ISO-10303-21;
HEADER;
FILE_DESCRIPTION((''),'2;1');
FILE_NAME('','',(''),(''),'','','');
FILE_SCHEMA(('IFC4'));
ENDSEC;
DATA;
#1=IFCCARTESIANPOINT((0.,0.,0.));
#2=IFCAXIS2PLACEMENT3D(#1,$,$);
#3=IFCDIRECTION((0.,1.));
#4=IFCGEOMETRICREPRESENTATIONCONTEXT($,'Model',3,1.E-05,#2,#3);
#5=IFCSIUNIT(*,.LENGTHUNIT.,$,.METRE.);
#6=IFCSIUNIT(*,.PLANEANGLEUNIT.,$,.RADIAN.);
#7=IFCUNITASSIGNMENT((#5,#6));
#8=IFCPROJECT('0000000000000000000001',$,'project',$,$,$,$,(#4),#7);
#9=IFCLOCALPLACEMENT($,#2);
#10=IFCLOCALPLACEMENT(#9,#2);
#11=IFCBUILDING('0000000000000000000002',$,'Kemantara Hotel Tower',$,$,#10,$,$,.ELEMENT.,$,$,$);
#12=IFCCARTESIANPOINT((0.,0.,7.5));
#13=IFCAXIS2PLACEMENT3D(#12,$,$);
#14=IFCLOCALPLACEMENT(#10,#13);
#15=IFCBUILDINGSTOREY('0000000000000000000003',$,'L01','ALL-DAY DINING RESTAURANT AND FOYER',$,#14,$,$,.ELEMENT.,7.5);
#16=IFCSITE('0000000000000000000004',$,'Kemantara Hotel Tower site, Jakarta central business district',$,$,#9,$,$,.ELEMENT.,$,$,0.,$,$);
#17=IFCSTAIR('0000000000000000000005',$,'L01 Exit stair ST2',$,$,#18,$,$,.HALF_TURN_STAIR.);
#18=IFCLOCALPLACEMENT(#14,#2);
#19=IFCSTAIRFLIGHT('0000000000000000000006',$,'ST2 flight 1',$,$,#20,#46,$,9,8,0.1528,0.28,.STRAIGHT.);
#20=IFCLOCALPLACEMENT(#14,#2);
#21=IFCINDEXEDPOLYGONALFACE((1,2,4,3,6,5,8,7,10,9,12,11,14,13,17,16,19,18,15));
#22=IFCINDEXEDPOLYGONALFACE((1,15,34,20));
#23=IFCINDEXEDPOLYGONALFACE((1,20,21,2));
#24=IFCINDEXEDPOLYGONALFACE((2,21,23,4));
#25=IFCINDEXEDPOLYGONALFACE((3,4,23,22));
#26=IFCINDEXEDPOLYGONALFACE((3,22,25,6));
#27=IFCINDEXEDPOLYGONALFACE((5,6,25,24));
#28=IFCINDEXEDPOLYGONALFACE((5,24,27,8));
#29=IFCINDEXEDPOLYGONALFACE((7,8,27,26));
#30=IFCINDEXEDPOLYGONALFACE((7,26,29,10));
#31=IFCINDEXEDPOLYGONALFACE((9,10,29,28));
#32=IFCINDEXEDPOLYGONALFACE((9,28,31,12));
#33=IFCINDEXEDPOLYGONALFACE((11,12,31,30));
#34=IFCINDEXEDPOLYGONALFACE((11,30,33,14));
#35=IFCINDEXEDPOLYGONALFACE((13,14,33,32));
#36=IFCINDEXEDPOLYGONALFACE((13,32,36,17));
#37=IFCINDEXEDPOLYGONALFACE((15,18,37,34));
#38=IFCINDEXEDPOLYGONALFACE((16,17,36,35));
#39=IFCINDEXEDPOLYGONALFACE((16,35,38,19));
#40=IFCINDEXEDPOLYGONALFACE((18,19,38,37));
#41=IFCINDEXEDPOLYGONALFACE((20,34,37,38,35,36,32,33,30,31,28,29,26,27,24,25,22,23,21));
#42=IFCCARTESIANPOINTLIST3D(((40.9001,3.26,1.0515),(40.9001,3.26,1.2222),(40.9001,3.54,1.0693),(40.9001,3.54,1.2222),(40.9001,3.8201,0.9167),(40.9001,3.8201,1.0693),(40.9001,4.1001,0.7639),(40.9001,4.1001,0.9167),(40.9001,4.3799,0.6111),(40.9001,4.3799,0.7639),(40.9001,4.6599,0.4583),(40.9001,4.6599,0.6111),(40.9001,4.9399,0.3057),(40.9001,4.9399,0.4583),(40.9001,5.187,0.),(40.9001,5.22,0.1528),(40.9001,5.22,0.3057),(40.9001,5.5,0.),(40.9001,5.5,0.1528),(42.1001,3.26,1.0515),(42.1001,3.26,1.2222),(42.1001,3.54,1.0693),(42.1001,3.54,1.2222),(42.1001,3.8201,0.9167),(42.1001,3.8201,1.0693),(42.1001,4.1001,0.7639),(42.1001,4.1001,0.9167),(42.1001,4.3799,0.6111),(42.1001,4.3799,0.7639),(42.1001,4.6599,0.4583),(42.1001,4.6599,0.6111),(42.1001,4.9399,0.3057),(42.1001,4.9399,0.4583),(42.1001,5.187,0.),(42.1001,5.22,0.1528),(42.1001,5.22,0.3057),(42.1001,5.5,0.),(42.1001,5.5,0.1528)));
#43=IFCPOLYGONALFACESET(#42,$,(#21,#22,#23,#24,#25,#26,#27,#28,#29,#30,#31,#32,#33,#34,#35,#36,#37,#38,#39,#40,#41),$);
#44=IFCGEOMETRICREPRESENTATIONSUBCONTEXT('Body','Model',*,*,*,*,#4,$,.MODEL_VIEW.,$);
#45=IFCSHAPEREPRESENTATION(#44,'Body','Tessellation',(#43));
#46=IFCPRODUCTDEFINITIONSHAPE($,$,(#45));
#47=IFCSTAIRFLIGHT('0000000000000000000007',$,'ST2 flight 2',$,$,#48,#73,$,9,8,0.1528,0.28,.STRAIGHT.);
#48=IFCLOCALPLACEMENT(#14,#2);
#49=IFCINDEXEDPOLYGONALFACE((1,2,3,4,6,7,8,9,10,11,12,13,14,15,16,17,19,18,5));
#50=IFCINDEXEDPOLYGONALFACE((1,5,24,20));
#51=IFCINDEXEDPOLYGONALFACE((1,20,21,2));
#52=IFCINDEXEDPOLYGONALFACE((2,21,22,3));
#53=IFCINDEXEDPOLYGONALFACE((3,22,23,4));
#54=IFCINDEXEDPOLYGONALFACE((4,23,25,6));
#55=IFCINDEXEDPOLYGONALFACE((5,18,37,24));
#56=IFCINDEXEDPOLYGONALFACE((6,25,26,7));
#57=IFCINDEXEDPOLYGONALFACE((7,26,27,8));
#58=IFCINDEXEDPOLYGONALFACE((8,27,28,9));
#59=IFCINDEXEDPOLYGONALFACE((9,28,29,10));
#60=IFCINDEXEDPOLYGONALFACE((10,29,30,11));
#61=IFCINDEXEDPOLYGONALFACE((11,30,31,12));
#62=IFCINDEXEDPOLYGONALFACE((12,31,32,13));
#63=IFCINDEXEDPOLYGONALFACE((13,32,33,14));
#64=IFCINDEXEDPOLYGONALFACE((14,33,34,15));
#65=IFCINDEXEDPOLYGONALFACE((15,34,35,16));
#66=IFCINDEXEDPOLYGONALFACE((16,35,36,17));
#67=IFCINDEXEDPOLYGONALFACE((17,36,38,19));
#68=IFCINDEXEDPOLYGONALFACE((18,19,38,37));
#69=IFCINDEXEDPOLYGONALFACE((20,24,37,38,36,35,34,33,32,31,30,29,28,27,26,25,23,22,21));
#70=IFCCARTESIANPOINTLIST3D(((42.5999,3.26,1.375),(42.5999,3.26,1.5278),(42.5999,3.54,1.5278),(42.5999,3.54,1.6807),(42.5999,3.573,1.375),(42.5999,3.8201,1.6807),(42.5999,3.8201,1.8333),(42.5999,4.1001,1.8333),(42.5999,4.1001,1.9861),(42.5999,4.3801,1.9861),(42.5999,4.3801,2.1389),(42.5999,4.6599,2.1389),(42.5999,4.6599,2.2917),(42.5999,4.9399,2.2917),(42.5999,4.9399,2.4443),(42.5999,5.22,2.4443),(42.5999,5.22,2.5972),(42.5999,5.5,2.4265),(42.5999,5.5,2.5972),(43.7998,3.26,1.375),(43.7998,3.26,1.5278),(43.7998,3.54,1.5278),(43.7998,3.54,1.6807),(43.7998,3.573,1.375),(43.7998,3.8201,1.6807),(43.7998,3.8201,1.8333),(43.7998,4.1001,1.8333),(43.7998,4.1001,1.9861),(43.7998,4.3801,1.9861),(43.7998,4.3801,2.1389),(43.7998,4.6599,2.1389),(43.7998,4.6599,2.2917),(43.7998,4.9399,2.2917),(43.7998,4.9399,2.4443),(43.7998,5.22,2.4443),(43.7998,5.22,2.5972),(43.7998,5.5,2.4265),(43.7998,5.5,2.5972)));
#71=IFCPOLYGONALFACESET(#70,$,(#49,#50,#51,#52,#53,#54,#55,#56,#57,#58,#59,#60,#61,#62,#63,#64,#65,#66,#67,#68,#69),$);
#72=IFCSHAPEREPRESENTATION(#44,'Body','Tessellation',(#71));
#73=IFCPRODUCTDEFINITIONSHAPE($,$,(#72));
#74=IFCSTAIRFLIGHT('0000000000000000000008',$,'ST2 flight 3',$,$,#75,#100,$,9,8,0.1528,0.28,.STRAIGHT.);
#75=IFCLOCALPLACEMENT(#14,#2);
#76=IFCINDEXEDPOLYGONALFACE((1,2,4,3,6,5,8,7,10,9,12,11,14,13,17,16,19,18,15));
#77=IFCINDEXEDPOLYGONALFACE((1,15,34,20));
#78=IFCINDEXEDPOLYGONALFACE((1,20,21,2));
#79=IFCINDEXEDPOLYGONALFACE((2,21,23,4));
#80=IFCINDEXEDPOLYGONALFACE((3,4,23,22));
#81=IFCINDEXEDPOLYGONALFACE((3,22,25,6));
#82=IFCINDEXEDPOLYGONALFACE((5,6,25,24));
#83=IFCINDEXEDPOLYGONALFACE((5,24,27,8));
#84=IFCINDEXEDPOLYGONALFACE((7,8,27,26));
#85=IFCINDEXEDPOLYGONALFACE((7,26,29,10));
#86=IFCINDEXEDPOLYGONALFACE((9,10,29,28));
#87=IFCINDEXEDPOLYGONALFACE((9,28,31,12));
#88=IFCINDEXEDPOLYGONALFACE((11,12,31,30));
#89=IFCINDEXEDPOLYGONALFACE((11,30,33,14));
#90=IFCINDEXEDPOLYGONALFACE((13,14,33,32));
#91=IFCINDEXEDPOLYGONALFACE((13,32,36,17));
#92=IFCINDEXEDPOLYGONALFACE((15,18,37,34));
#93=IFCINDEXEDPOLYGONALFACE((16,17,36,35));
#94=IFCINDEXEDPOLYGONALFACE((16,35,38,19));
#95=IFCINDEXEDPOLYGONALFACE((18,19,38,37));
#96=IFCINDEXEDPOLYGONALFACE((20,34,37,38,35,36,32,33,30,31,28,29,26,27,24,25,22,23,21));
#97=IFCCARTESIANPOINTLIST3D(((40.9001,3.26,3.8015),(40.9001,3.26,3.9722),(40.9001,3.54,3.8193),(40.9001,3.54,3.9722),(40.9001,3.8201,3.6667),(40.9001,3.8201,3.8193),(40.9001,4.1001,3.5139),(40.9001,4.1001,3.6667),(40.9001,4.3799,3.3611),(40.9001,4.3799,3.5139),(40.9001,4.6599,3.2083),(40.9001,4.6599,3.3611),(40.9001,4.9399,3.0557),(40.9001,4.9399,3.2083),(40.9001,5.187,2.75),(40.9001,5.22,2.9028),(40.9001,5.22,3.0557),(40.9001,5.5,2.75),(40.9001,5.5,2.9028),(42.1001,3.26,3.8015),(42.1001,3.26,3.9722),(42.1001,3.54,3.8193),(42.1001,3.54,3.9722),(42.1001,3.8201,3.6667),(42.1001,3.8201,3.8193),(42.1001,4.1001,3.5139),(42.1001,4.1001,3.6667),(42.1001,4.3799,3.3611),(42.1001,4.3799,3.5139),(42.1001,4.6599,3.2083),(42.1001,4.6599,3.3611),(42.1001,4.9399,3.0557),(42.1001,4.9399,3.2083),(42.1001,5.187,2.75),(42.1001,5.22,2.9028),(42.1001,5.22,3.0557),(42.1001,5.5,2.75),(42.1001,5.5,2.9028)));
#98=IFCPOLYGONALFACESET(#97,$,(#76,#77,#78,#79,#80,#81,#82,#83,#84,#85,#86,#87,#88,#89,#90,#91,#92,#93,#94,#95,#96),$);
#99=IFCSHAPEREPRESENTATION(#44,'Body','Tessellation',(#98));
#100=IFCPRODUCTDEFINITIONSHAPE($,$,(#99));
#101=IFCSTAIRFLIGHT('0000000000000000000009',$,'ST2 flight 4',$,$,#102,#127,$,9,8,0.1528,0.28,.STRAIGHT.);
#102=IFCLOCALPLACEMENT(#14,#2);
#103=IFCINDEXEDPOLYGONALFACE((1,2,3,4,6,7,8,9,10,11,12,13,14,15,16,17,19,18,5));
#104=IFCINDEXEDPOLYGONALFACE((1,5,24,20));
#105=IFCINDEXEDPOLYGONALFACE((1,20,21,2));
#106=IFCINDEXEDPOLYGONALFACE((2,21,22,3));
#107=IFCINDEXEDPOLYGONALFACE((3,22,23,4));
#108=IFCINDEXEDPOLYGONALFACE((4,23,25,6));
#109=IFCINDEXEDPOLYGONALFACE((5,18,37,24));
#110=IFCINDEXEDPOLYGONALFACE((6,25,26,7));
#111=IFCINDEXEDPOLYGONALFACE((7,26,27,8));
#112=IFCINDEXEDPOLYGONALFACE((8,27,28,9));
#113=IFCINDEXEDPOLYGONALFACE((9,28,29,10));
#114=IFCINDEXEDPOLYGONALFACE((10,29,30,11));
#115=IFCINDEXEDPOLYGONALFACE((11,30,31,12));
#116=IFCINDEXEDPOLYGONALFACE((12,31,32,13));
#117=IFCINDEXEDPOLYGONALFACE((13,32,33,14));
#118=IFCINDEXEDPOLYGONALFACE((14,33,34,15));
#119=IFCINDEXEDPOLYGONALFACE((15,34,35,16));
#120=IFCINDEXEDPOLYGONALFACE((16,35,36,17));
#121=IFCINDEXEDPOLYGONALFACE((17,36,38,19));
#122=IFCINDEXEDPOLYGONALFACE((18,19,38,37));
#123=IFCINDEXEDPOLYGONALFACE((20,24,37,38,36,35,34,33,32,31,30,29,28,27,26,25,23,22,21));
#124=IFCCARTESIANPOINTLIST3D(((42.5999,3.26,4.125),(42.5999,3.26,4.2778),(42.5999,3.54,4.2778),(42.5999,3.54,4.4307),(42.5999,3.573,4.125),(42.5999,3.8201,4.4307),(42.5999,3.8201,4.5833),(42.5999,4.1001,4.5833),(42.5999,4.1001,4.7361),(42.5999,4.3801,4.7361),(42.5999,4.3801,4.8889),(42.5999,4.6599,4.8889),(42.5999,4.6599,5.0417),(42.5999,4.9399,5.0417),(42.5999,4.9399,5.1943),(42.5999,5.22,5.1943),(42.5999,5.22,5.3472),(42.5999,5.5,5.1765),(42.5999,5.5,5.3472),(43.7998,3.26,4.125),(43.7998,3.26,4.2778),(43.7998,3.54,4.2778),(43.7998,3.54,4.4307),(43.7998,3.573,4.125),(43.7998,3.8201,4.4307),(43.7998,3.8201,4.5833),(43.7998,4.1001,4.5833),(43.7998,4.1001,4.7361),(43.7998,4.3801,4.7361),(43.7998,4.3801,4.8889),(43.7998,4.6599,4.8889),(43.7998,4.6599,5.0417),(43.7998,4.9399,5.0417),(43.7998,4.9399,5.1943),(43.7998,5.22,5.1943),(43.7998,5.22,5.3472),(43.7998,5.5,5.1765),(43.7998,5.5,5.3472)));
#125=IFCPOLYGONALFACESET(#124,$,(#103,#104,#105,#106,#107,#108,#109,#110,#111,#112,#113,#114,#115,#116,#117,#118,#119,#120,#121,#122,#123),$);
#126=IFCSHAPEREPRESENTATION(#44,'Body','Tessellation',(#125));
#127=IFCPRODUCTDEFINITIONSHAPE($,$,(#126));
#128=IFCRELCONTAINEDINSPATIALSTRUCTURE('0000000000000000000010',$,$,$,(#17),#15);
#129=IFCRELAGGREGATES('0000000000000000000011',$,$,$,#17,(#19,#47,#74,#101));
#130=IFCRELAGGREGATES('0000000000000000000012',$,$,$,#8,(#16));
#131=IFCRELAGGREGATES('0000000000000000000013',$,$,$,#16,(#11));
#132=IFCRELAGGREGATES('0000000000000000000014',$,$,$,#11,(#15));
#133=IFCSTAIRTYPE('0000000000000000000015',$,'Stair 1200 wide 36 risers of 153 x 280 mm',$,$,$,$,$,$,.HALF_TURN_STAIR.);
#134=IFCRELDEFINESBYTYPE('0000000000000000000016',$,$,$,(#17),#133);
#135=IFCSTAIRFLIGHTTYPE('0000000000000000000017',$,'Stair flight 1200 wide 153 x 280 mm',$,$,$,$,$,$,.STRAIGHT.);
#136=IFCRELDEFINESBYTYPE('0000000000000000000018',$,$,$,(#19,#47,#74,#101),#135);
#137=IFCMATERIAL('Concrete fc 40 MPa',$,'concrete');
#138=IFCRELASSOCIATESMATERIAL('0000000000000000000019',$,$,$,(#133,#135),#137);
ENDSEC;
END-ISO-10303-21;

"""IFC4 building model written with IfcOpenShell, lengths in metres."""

from ifc_helpers import new_model, si_unit, direction, frame, origin, place, context, subcontext, project, spatial, polyline, outline, extrude, material, type_object, element, aggregate, save


model = new_model("IFC4")

# Units and contexts
model_context = context("Model", 3, precision=1e-05, world=origin(), true_north=direction((0.0, 1.0)))
body_context = subcontext(model_context, "Body", "Model", "MODEL_VIEW")
ifc_project = project(units=[si_unit("LENGTHUNIT", "METRE"), si_unit("PLANEANGLEUNIT", "RADIAN")], contexts=[model_context])

# Site, building, storey
site_placement = place(None, origin())
site = spatial("IfcSite", under=ifc_project, at=site_placement, Name="Kemantara Hotel Tower site, Jakarta central business district", CompositionType="ELEMENT", RefElevation=0.0)
building_placement = place(site_placement, origin())
building = spatial("IfcBuilding", under=site, at=building_placement, Name="Kemantara Hotel Tower", CompositionType="ELEMENT")
storey_placement = place(building_placement, frame((0.0, 0.0, 7.5)))
storey = spatial("IfcBuildingStorey", under=building, at=storey_placement, Name="L01", Description="ALL-DAY DINING RESTAURANT AND FOYER", CompositionType="ELEMENT", Elevation=7.5)

# Stair, stair flights
ifc_material_1 = material(Name="Concrete fc 40 MPa", Category="concrete")
stair_type = type_object("IfcStairType", Name="Stair 1200 wide 36 risers of 153 x 280 mm", PredefinedType="HALF_TURN_STAIR", material=ifc_material_1)
stair_placement = place(storey_placement, origin())
stair = element("IfcStair", 1, at=stair_placement, inside=storey, type_object=stair_type, Name="L01 Exit stair ST2", PredefinedType="HALF_TURN_STAIR")
stair_flight_type = type_object("IfcStairFlightType", Name="Stair flight 1200 wide 153 x 280 mm", PredefinedType="STRAIGHT", material=ifc_material_1)
stair_flight_1_placement = place(storey_placement, frame((41.5, 5.5, 0.0), z_axis=(0.0, 0.0, 1.0), x_axis=(0.0, -1.0, 0.0)))
stair_flight_1 = element("IfcStairFlight", 2, at=stair_flight_1_placement, type_object=stair_flight_type, Name="ST2 flight 1", NumberOfRisers=9, NumberOfTreads=8, PredefinedType="STRAIGHT", RiserHeight=0.1528, TreadLength=0.28, context=body_context, shape_type="SweptSolid", body=[
    extrude(outline(polyline([(0.0, 0.0), (0.0, 0.1528), (0.28, 0.1528), (0.28, 0.3057), (0.5601, 0.3057), (0.5601, 0.4583), (0.8401, 0.4583), (0.8401, 0.6111), (1.1201, 0.6111), (1.1201, 0.7639), (1.3999, 0.7639), (1.3999, 0.9167), (1.6799, 0.9167), (1.6799, 1.0693), (1.96, 1.0693), (1.96, 1.2222), (2.24, 1.2222), (2.24, 1.375), (2.24, 1.0515), (0.313, 0.0), (0.0, 0.0)])), frame((0.0, 0.6001, 0.0), z_axis=(0.0, -1.0, 0.0), x_axis=(1.0, 0.0, 0.0)), (0.0, 0.0, 1.0), 1.2),
])
stair_flight_2_placement = place(storey_placement, frame((43.2, 3.26, 1.375), z_axis=(0.0, 0.0, 1.0), x_axis=(0.0, 1.0, 0.0)))
stair_flight_2 = element("IfcStairFlight", 3, at=stair_flight_2_placement, type_object=stair_flight_type, Name="ST2 flight 2", NumberOfRisers=9, NumberOfTreads=8, PredefinedType="STRAIGHT", RiserHeight=0.1528, TreadLength=0.28, context=body_context, shape_type="SweptSolid", body=[
    extrude(outline(polyline([(0.0, 0.0), (0.0, 0.1528), (0.28, 0.1528), (0.28, 0.3057), (0.5601, 0.3057), (0.5601, 0.4583), (0.8401, 0.4583), (0.8401, 0.6111), (1.1201, 0.6111), (1.1201, 0.7639), (1.3999, 0.7639), (1.3999, 0.9167), (1.6799, 0.9167), (1.6799, 1.0693), (1.96, 1.0693), (1.96, 1.2222), (2.24, 1.2222), (2.24, 1.375), (2.24, 1.0515), (0.313, 0.0), (0.0, 0.0)])), frame((0.0, 0.6001, 0.0), z_axis=(0.0, -1.0, 0.0), x_axis=(1.0, 0.0, 0.0)), (0.0, 0.0, 1.0), 1.2),
])
stair_flight_3_placement = place(storey_placement, frame((41.5, 5.5, 2.75), z_axis=(0.0, 0.0, 1.0), x_axis=(0.0, -1.0, 0.0)))
stair_flight_3 = element("IfcStairFlight", 4, at=stair_flight_3_placement, type_object=stair_flight_type, Name="ST2 flight 3", NumberOfRisers=9, NumberOfTreads=8, PredefinedType="STRAIGHT", RiserHeight=0.1528, TreadLength=0.28, context=body_context, shape_type="SweptSolid", body=[
    extrude(outline(polyline([(0.0, 0.0), (0.0, 0.1528), (0.28, 0.1528), (0.28, 0.3057), (0.5601, 0.3057), (0.5601, 0.4583), (0.8401, 0.4583), (0.8401, 0.6111), (1.1201, 0.6111), (1.1201, 0.7639), (1.3999, 0.7639), (1.3999, 0.9167), (1.6799, 0.9167), (1.6799, 1.0693), (1.96, 1.0693), (1.96, 1.2222), (2.24, 1.2222), (2.24, 1.375), (2.24, 1.0515), (0.313, 0.0), (0.0, 0.0)])), frame((0.0, 0.6001, 0.0), z_axis=(0.0, -1.0, 0.0), x_axis=(1.0, 0.0, 0.0)), (0.0, 0.0, 1.0), 1.2),
])
stair_flight_4_placement = place(storey_placement, frame((43.2, 3.26, 4.125), z_axis=(0.0, 0.0, 1.0), x_axis=(0.0, 1.0, 0.0)))
stair_flight_4 = element("IfcStairFlight", 5, at=stair_flight_4_placement, type_object=stair_flight_type, Name="ST2 flight 4", NumberOfRisers=9, NumberOfTreads=8, PredefinedType="STRAIGHT", RiserHeight=0.1528, TreadLength=0.28, context=body_context, shape_type="SweptSolid", body=[
    extrude(outline(polyline([(0.0, 0.0), (0.0, 0.1528), (0.28, 0.1528), (0.28, 0.3057), (0.5601, 0.3057), (0.5601, 0.4583), (0.8401, 0.4583), (0.8401, 0.6111), (1.1201, 0.6111), (1.1201, 0.7639), (1.3999, 0.7639), (1.3999, 0.9167), (1.6799, 0.9167), (1.6799, 1.0693), (1.96, 1.0693), (1.96, 1.2222), (2.24, 1.2222), (2.24, 1.375), (2.24, 1.0515), (0.313, 0.0), (0.0, 0.0)])), frame((0.0, 0.6001, 0.0), z_axis=(0.0, -1.0, 0.0), x_axis=(1.0, 0.0, 0.0)), (0.0, 0.0, 1.0), 1.2),
])
aggregate(stair, [stair_flight_1, stair_flight_2, stair_flight_3, stair_flight_4])

save(model, "model.ifc")
